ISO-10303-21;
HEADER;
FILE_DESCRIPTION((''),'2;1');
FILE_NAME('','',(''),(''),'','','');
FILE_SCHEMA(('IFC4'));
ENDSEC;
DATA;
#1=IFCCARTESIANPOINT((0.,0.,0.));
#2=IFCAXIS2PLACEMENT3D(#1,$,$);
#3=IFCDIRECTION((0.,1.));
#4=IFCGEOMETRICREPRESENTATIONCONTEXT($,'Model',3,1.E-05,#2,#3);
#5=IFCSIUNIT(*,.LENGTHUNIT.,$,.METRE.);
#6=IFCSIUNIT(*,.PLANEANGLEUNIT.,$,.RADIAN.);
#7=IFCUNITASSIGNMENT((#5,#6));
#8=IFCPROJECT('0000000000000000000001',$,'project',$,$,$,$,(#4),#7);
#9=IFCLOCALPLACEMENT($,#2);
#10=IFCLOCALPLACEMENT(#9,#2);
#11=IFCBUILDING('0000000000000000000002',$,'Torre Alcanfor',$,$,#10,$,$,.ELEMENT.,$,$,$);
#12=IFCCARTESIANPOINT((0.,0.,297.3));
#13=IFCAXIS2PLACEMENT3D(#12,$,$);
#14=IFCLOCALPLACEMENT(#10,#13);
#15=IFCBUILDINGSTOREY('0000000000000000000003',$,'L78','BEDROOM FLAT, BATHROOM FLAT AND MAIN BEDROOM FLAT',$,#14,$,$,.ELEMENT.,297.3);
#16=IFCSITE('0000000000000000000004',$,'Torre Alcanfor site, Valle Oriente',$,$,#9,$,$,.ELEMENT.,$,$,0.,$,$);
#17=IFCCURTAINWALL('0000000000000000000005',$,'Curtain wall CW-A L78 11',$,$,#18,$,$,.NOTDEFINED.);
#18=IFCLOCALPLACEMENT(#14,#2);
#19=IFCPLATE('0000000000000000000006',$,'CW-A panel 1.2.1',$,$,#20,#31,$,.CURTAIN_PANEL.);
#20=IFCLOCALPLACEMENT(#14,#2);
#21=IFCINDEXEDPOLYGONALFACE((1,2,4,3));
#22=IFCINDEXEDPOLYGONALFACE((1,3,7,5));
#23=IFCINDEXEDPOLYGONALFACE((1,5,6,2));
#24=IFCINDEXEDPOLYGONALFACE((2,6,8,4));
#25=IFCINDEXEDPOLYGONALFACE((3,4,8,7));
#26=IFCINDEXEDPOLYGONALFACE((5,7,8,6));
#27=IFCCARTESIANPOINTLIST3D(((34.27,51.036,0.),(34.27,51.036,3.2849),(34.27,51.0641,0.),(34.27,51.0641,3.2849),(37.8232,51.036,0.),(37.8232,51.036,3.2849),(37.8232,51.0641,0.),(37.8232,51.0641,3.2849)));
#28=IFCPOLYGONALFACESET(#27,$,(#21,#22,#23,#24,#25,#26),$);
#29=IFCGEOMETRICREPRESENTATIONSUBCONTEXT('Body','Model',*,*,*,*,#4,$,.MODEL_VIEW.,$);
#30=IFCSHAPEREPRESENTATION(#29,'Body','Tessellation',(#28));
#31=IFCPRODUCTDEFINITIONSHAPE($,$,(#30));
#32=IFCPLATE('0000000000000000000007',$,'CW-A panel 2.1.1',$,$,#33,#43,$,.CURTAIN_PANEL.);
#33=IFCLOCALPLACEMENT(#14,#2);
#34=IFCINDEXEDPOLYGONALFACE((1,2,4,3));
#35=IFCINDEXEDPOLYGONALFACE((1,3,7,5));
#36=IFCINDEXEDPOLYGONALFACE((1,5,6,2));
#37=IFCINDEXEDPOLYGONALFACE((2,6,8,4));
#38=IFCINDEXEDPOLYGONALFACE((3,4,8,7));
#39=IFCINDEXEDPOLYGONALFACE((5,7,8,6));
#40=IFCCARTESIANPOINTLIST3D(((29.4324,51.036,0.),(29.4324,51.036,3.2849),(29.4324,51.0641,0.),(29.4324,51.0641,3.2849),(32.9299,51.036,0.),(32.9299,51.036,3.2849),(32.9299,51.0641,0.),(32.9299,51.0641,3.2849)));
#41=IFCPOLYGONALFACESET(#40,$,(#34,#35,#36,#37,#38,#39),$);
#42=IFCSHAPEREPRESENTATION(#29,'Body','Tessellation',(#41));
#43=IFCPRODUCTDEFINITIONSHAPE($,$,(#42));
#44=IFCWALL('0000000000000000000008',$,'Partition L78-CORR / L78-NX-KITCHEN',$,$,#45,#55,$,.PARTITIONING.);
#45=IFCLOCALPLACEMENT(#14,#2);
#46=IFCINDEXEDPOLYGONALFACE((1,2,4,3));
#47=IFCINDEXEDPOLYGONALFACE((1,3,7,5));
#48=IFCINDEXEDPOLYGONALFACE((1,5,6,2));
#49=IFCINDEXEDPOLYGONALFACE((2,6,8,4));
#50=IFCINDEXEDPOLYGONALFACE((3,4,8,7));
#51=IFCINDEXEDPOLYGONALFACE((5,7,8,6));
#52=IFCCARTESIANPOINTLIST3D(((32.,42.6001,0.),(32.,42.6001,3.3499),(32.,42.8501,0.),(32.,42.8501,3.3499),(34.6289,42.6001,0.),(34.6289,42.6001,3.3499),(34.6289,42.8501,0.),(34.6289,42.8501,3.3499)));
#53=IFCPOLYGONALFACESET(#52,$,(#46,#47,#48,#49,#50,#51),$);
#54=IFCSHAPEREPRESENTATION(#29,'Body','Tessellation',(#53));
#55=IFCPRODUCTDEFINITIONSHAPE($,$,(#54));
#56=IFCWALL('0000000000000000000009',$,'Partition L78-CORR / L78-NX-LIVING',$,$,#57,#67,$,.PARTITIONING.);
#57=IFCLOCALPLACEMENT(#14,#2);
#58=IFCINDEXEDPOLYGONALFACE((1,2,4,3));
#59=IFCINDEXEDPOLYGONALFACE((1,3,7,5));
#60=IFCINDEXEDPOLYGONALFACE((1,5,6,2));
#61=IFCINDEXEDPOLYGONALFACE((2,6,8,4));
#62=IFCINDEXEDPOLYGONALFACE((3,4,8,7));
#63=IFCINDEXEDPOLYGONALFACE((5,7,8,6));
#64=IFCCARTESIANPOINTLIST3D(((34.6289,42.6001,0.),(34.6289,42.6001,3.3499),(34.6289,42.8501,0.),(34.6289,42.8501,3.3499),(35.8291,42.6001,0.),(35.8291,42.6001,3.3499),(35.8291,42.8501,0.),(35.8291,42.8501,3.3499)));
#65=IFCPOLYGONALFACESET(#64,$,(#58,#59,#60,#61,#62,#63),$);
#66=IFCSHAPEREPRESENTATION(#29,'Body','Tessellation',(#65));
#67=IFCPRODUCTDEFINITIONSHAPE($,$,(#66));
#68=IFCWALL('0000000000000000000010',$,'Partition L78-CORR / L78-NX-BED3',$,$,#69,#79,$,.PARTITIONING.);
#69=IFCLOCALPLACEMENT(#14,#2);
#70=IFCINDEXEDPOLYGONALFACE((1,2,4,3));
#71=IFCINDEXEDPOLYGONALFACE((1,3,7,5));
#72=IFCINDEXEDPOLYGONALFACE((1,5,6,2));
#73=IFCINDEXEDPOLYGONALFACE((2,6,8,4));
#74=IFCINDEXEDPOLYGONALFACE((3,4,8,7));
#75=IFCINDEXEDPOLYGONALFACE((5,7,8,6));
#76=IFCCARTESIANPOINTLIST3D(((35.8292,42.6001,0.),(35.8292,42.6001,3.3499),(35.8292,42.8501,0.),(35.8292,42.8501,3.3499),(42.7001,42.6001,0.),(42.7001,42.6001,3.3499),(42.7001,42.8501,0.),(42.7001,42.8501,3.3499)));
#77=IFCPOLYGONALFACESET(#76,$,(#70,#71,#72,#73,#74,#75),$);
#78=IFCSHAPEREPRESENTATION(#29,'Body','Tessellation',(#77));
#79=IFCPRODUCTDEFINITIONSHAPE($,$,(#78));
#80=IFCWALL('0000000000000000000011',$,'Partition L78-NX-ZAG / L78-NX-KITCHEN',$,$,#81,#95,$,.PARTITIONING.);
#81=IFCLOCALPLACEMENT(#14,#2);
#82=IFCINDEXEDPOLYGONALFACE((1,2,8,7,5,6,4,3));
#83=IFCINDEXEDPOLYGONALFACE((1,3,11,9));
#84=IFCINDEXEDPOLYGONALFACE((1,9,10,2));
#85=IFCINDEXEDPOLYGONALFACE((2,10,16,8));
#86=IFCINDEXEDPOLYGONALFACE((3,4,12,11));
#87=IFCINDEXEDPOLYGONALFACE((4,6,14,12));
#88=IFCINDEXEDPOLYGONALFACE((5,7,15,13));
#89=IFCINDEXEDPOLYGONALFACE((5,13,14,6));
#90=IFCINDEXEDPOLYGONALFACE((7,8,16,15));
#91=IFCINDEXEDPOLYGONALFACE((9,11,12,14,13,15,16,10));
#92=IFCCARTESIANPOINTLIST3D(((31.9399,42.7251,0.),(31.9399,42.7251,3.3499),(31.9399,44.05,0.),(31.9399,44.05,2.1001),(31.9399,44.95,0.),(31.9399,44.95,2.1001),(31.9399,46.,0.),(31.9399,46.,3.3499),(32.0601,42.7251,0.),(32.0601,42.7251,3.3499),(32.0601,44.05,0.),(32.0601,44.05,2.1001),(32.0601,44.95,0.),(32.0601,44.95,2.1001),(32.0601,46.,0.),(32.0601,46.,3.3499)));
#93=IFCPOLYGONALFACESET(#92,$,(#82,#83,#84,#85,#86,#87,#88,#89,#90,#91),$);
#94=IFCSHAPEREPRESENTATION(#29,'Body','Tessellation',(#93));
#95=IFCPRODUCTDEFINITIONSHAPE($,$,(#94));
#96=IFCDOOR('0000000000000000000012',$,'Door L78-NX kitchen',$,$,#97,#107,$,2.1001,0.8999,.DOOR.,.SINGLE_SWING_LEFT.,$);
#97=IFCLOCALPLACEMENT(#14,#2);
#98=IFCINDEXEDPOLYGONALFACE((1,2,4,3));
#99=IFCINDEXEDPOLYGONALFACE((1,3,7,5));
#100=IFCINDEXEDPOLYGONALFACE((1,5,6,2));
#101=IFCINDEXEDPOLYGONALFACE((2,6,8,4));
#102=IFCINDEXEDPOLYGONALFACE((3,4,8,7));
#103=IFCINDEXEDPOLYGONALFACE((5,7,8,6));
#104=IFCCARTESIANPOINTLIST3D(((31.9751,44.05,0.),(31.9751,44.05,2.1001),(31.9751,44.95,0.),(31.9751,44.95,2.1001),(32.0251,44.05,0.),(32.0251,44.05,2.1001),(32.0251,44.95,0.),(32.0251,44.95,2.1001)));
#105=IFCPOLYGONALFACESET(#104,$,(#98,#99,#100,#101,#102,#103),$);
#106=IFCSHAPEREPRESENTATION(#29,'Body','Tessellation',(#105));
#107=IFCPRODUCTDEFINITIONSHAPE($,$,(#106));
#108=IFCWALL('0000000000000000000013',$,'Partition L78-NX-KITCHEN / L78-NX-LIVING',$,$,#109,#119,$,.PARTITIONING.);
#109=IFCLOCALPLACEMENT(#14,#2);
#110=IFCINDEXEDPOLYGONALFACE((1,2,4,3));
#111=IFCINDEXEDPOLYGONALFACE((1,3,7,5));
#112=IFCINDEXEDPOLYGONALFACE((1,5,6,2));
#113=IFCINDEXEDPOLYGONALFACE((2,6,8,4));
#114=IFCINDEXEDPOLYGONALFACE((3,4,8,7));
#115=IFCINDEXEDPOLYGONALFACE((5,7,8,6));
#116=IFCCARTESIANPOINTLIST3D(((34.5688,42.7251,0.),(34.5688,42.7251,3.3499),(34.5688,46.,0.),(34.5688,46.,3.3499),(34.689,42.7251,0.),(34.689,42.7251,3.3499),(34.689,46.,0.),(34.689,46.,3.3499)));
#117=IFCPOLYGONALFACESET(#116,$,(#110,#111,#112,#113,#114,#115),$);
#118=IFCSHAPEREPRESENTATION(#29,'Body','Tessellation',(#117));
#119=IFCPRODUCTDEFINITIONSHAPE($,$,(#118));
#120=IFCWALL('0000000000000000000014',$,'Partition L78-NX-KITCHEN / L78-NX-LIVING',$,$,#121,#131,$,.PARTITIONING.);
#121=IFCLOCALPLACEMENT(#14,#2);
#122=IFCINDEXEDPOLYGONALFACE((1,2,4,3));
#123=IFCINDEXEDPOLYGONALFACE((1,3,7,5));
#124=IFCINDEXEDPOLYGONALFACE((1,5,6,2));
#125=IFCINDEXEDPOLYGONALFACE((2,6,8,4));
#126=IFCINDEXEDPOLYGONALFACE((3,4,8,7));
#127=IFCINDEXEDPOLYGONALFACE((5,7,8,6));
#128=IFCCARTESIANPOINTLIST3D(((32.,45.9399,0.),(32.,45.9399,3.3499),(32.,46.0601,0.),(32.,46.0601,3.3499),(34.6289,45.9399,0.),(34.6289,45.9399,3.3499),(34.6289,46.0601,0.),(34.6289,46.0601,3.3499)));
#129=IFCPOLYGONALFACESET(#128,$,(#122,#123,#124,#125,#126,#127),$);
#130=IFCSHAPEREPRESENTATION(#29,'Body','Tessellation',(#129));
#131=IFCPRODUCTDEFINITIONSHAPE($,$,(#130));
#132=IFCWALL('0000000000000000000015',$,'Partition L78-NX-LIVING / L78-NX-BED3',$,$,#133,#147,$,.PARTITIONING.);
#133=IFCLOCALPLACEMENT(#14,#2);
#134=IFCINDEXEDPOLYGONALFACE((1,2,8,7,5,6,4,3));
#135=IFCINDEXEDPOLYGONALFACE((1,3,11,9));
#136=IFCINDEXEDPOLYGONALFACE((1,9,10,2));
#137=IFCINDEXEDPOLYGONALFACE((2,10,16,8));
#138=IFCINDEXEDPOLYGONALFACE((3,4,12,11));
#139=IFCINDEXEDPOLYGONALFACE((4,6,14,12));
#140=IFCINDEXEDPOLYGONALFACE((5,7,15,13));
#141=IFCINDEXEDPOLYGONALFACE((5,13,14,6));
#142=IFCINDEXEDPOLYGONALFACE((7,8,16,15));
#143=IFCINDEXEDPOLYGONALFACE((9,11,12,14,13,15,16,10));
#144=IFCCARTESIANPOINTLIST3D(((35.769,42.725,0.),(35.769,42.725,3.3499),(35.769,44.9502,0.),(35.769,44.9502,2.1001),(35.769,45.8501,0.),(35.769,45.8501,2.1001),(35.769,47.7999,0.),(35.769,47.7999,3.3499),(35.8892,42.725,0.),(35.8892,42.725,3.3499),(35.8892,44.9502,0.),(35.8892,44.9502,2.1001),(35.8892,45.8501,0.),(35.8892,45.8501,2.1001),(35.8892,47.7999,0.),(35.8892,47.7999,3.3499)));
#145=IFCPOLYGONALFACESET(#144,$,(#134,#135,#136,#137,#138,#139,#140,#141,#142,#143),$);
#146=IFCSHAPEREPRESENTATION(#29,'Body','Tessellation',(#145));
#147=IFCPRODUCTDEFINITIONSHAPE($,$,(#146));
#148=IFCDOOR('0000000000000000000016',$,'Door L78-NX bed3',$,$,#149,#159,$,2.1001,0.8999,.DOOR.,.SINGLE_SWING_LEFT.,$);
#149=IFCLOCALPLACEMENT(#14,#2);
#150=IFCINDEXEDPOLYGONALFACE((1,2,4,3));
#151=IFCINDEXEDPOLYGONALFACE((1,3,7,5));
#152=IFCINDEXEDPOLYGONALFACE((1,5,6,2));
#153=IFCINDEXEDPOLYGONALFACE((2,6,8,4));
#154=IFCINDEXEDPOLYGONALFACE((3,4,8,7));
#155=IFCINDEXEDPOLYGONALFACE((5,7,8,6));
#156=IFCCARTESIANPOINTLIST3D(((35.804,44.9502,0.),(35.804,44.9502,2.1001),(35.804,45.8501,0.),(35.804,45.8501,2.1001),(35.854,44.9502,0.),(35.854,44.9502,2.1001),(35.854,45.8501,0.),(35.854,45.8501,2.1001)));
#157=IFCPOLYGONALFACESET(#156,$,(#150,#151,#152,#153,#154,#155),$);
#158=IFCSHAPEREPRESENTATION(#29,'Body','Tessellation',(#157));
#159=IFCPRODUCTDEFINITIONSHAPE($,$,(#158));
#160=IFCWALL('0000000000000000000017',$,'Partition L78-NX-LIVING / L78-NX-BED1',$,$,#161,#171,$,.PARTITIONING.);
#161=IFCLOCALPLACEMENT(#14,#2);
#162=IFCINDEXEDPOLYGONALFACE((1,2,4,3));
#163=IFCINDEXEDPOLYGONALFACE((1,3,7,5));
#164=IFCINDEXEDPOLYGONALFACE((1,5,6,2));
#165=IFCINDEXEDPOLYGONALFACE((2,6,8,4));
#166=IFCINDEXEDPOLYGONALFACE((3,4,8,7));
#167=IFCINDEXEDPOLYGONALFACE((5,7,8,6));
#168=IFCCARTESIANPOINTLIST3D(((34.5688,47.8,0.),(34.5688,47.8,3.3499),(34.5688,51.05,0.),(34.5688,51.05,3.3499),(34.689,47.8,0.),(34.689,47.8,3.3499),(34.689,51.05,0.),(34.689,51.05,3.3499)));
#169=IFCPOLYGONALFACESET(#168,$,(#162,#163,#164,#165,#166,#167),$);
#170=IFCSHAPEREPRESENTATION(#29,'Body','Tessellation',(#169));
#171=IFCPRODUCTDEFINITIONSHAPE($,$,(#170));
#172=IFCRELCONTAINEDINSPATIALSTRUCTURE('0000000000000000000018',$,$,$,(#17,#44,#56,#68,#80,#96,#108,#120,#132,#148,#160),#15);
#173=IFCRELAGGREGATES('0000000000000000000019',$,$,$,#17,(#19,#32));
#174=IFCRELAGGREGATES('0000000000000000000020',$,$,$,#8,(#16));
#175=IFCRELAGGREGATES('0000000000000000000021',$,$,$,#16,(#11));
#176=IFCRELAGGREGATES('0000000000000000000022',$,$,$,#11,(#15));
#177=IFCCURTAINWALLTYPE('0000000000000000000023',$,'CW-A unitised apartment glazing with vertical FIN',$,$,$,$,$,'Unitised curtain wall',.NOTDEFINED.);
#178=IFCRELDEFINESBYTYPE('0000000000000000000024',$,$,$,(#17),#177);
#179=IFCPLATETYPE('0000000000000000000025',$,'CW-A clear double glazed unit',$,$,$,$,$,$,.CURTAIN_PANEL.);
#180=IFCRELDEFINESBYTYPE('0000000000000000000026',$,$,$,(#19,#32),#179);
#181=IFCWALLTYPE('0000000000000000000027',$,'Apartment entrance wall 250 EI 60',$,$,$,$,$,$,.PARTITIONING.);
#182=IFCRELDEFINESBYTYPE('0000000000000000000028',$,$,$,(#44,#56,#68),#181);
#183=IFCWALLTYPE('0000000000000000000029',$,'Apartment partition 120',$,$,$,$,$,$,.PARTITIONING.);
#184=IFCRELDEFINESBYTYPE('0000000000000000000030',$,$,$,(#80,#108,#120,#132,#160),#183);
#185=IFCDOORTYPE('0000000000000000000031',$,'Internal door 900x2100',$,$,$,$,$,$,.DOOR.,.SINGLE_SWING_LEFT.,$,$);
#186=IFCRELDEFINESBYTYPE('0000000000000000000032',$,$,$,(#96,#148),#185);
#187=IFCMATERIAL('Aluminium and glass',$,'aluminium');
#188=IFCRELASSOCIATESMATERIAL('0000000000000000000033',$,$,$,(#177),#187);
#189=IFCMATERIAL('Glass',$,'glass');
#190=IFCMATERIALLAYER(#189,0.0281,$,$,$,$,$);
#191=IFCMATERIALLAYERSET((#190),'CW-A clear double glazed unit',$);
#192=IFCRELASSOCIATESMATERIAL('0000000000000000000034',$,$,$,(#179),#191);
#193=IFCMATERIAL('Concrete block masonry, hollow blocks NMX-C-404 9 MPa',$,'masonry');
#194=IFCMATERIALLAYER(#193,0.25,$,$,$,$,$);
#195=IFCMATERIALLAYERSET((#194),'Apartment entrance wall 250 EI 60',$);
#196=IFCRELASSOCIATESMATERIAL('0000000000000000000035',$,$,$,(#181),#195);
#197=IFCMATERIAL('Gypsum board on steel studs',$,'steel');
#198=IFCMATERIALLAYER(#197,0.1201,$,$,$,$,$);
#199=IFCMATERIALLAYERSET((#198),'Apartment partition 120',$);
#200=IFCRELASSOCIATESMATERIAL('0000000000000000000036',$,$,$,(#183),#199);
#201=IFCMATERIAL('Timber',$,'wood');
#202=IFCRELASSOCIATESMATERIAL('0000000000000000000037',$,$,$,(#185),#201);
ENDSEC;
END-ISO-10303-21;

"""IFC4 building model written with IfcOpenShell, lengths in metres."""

from ifc_helpers import new_model, si_unit, direction, frame, frame_2d, origin, origin_2d, place, context, subcontext, project, spatial, rectangle, extrude, material, layer, layer_set, type_object, element, fill, aggregate, save


model = new_model("IFC4")

# Units and contexts
model_context = context("Model", 3, precision=1e-05, world=origin(), true_north=direction((0.0, 1.0)))
body_context = subcontext(model_context, "Body", "Model", "MODEL_VIEW")
ifc_project = project(units=[si_unit("LENGTHUNIT", "METRE"), si_unit("PLANEANGLEUNIT", "RADIAN")], contexts=[model_context])

# Site, building, storey
site_placement = place(None, origin())
site = spatial("IfcSite", under=ifc_project, at=site_placement, Name="Torre Alcanfor site, Valle Oriente", CompositionType="ELEMENT", RefElevation=0.0)
building_placement = place(site_placement, origin())
building = spatial("IfcBuilding", under=site, at=building_placement, Name="Torre Alcanfor", CompositionType="ELEMENT")
storey_placement = place(building_placement, frame((0.0, 0.0, 297.3)))
storey = spatial("IfcBuildingStorey", under=building, at=storey_placement, Name="L78", Description="BEDROOM FLAT, BATHROOM FLAT AND MAIN BEDROOM FLAT", CompositionType="ELEMENT", Elevation=297.3)

# Curtain wall
ifc_material_1 = material(Name="Aluminium and glass", Category="aluminium")
curtain_wall_type = type_object("IfcCurtainWallType", Name="CW-A unitised apartment glazing with vertical FIN", ElementType="Unitised curtain wall", PredefinedType="NOTDEFINED", material=ifc_material_1)
curtain_wall_placement = place(storey_placement, origin())
curtain_wall = element("IfcCurtainWall", 1, at=curtain_wall_placement, inside=storey, type_object=curtain_wall_type, Name="Curtain wall CW-A L78 11", PredefinedType="NOTDEFINED")

# Plates
ifc_material_2 = material(Name="Glass", Category="glass")
ifc_layer_1 = layer(ifc_material_2, 0.0281)
ifc_layer_set_1 = layer_set([ifc_layer_1], Name="CW-A clear double glazed unit")
plate_type = type_object("IfcPlateType", Name="CW-A clear double glazed unit", PredefinedType="CURTAIN_PANEL", material=ifc_layer_set_1)
plate_1_placement = place(storey_placement, frame((36.0466, 51.05, 0.0), z_axis=(0.0, 0.0, 1.0), x_axis=(-1.0, 0.0, 0.0)))
plate_1 = element("IfcPlate", 2, at=plate_1_placement, type_object=plate_type, Name="CW-A panel 1.2.1", PredefinedType="CURTAIN_PANEL", context=body_context, shape_type="SweptSolid", body=[
    extrude(rectangle(XDim=3.5532, YDim=0.0281, at=origin_2d()), origin(), (0.0, 0.0, 1.0), 3.2849),
])
plate_2_placement = place(storey_placement, frame((31.1812, 51.05, 0.0), z_axis=(0.0, 0.0, 1.0), x_axis=(-1.0, 0.0, 0.0)))
plate_2 = element("IfcPlate", 3, at=plate_2_placement, type_object=plate_type, Name="CW-A panel 2.1.1", PredefinedType="CURTAIN_PANEL", context=body_context, shape_type="SweptSolid", body=[
    extrude(rectangle(XDim=3.4976, YDim=0.0281, at=origin_2d()), origin(), (0.0, 0.0, 1.0), 3.2849),
])
aggregate(curtain_wall, [plate_1, plate_2])

# Walls
ifc_material_3 = material(Name="Concrete block masonry, hollow blocks NMX-C-404 9 MPa", Category="masonry")
ifc_layer_2 = layer(ifc_material_3, 0.25)
ifc_layer_set_2 = layer_set([ifc_layer_2], Name="Apartment entrance wall 250 EI 60")
wall_type_1 = type_object("IfcWallType", Name="Apartment entrance wall 250 EI 60", PredefinedType="PARTITIONING", material=ifc_layer_set_2)
wall_1_placement = place(storey_placement, frame((32.0, 42.7251, 0.0), z_axis=(0.0, 0.0, 1.0), x_axis=(1.0, 0.0, 0.0)))
element("IfcWall", 4, at=wall_1_placement, inside=storey, type_object=wall_type_1, Name="Partition L78-CORR / L78-NX-KITCHEN", PredefinedType="PARTITIONING", context=body_context, shape_type="SweptSolid", body=[
    extrude(rectangle(XDim=2.6289, YDim=0.25, at=frame_2d((1.3145, 0.0))), origin(), (0.0, 0.0, 1.0), 3.3499),
])
wall_2_placement = place(storey_placement, frame((34.6289, 42.7251, 0.0), z_axis=(0.0, 0.0, 1.0), x_axis=(1.0, 0.0, 0.0)))
element("IfcWall", 5, at=wall_2_placement, inside=storey, type_object=wall_type_1, Name="Partition L78-CORR / L78-NX-LIVING", PredefinedType="PARTITIONING", context=body_context, shape_type="SweptSolid", body=[
    extrude(rectangle(XDim=1.2002, YDim=0.25, at=frame_2d((0.6001, 0.0))), origin(), (0.0, 0.0, 1.0), 3.3499),
])
wall_3_placement = place(storey_placement, frame((35.8291, 42.7251, 0.0), z_axis=(0.0, 0.0, 1.0), x_axis=(1.0, 0.0, 0.0)))
element("IfcWall", 6, at=wall_3_placement, inside=storey, type_object=wall_type_1, Name="Partition L78-CORR / L78-NX-BED3", PredefinedType="PARTITIONING", context=body_context, shape_type="SweptSolid", body=[
    extrude(rectangle(XDim=6.8708, YDim=0.25, at=frame_2d((3.4355, 0.0))), origin(), (0.0, 0.0, 1.0), 3.3499),
])

# Wall, opening, door
ifc_material_4 = material(Name="Gypsum board on steel studs", Category="steel")
ifc_layer_3 = layer(ifc_material_4, 0.1201)
ifc_layer_set_3 = layer_set([ifc_layer_3], Name="Apartment partition 120")
wall_type_2 = type_object("IfcWallType", Name="Apartment partition 120", PredefinedType="PARTITIONING", material=ifc_layer_set_3)
wall_4_placement = place(storey_placement, frame((32.0, 42.7251, 0.0), z_axis=(0.0, 0.0, 1.0), x_axis=(0.0, 1.0, 0.0)))
wall_4 = element("IfcWall", 7, at=wall_4_placement, inside=storey, type_object=wall_type_2, Name="Partition L78-NX-ZAG / L78-NX-KITCHEN", PredefinedType="PARTITIONING", context=body_context, shape_type="SweptSolid", body=[
    extrude(rectangle(XDim=3.2749, YDim=0.1201, at=frame_2d((1.6375, 0.0))), origin(), (0.0, 0.0, 1.0), 3.3499),
])
opening_1_placement = place(wall_4_placement, frame((1.325, 0.0, 0.0)))
opening_1 = element("IfcOpeningElement", 8, at=opening_1_placement, cuts=wall_4, PredefinedType="OPENING", context=body_context, shape_type="SweptSolid", body=[
    extrude(rectangle(XDim=0.8999, YDim=2.1001, at=frame_2d((0.45, 1.05))), frame((0.0, 0.0701, 0.0), z_axis=(0.0, -1.0, 0.0), x_axis=(1.0, 0.0, 0.0)), (0.0, 0.0, 1.0), 0.1401),
])
ifc_material_5 = material(Name="Timber", Category="wood")
door_type = type_object("IfcDoorType", Name="Internal door 900x2100", OperationType="SINGLE_SWING_LEFT", PredefinedType="DOOR", material=ifc_material_5)
door_1_placement = place(opening_1_placement, frame((0.8999, 0.0, 0.0), z_axis=(0.0, 0.0, 1.0), x_axis=(-1.0, 0.0, 0.0)))
door_1 = element("IfcDoor", 9, at=door_1_placement, inside=storey, type_object=door_type, Name="Door L78-NX kitchen", OperationType="SINGLE_SWING_LEFT", OverallHeight=2.1001, OverallWidth=0.8999, PredefinedType="DOOR", context=body_context, shape_type="SweptSolid", body=[
    extrude(rectangle(XDim=0.8999, YDim=2.1001, at=frame_2d((0.45, 1.05))), frame((0.0, 0.0251, 0.0), z_axis=(0.0, -1.0, 0.0), x_axis=(1.0, 0.0, 0.0)), (0.0, 0.0, 1.0), 0.05),
])
fill(opening_1, door_1)

# Walls
wall_5_placement = place(storey_placement, frame((34.6289, 42.7251, 0.0), z_axis=(0.0, 0.0, 1.0), x_axis=(0.0, 1.0, 0.0)))
element("IfcWall", 10, at=wall_5_placement, inside=storey, type_object=wall_type_2, Name="Partition L78-NX-KITCHEN / L78-NX-LIVING", PredefinedType="PARTITIONING", context=body_context, shape_type="SweptSolid", body=[
    extrude(rectangle(XDim=3.2749, YDim=0.1201, at=frame_2d((1.6375, 0.0))), origin(), (0.0, 0.0, 1.0), 3.3499),
])
wall_6_placement = place(storey_placement, frame((34.6289, 46.0, 0.0), z_axis=(0.0, 0.0, 1.0), x_axis=(-1.0, 0.0, 0.0)))
element("IfcWall", 11, at=wall_6_placement, inside=storey, type_object=wall_type_2, Name="Partition L78-NX-KITCHEN / L78-NX-LIVING", PredefinedType="PARTITIONING", context=body_context, shape_type="SweptSolid", body=[
    extrude(rectangle(XDim=2.6289, YDim=0.1201, at=frame_2d((1.3145, 0.0))), origin(), (0.0, 0.0, 1.0), 3.3499),
])

# Wall, opening, door
wall_7_placement = place(storey_placement, frame((35.8291, 47.8, 0.0), z_axis=(0.0, 0.0, 1.0), x_axis=(0.0, -1.0, 0.0)))
wall_7 = element("IfcWall", 12, at=wall_7_placement, inside=storey, type_object=wall_type_2, Name="Partition L78-NX-LIVING / L78-NX-BED3", PredefinedType="PARTITIONING", context=body_context, shape_type="SweptSolid", body=[
    extrude(rectangle(XDim=5.075, YDim=0.1201, at=frame_2d((2.5376, 0.0))), origin(), (0.0, 0.0, 1.0), 3.3499),
])
opening_2_placement = place(wall_7_placement, frame((1.95, 0.0, 0.0)))
opening_2 = element("IfcOpeningElement", 13, at=opening_2_placement, cuts=wall_7, PredefinedType="OPENING", context=body_context, shape_type="SweptSolid", body=[
    extrude(rectangle(XDim=0.8999, YDim=2.1001, at=frame_2d((0.45, 1.05))), frame((0.0, 0.0701, 0.0), z_axis=(0.0, -1.0, 0.0), x_axis=(1.0, 0.0, 0.0)), (0.0, 0.0, 1.0), 0.1401),
])
door_2_placement = place(opening_2_placement, origin())
door_2 = element("IfcDoor", 14, at=door_2_placement, inside=storey, type_object=door_type, Name="Door L78-NX bed3", OperationType="SINGLE_SWING_LEFT", OverallHeight=2.1001, OverallWidth=0.8999, PredefinedType="DOOR", context=body_context, shape_type="SweptSolid", body=[
    extrude(rectangle(XDim=0.8999, YDim=2.1001, at=frame_2d((0.45, 1.05))), frame((0.0, 0.0249, 0.0), z_axis=(0.0, -1.0, 0.0), x_axis=(1.0, 0.0, 0.0)), (0.0, 0.0, 1.0), 0.05),
])
fill(opening_2, door_2)

# Wall
wall_8_placement = place(storey_placement, frame((34.6289, 51.05, 0.0), z_axis=(0.0, 0.0, 1.0), x_axis=(0.0, -1.0, 0.0)))
element("IfcWall", 15, at=wall_8_placement, inside=storey, type_object=wall_type_2, Name="Partition L78-NX-LIVING / L78-NX-BED1", PredefinedType="PARTITIONING", context=body_context, shape_type="SweptSolid", body=[
    extrude(rectangle(XDim=3.25, YDim=0.1201, at=frame_2d((1.625, 0.0))), origin(), (0.0, 0.0, 1.0), 3.3499),
])

save(model, "model.ifc")
